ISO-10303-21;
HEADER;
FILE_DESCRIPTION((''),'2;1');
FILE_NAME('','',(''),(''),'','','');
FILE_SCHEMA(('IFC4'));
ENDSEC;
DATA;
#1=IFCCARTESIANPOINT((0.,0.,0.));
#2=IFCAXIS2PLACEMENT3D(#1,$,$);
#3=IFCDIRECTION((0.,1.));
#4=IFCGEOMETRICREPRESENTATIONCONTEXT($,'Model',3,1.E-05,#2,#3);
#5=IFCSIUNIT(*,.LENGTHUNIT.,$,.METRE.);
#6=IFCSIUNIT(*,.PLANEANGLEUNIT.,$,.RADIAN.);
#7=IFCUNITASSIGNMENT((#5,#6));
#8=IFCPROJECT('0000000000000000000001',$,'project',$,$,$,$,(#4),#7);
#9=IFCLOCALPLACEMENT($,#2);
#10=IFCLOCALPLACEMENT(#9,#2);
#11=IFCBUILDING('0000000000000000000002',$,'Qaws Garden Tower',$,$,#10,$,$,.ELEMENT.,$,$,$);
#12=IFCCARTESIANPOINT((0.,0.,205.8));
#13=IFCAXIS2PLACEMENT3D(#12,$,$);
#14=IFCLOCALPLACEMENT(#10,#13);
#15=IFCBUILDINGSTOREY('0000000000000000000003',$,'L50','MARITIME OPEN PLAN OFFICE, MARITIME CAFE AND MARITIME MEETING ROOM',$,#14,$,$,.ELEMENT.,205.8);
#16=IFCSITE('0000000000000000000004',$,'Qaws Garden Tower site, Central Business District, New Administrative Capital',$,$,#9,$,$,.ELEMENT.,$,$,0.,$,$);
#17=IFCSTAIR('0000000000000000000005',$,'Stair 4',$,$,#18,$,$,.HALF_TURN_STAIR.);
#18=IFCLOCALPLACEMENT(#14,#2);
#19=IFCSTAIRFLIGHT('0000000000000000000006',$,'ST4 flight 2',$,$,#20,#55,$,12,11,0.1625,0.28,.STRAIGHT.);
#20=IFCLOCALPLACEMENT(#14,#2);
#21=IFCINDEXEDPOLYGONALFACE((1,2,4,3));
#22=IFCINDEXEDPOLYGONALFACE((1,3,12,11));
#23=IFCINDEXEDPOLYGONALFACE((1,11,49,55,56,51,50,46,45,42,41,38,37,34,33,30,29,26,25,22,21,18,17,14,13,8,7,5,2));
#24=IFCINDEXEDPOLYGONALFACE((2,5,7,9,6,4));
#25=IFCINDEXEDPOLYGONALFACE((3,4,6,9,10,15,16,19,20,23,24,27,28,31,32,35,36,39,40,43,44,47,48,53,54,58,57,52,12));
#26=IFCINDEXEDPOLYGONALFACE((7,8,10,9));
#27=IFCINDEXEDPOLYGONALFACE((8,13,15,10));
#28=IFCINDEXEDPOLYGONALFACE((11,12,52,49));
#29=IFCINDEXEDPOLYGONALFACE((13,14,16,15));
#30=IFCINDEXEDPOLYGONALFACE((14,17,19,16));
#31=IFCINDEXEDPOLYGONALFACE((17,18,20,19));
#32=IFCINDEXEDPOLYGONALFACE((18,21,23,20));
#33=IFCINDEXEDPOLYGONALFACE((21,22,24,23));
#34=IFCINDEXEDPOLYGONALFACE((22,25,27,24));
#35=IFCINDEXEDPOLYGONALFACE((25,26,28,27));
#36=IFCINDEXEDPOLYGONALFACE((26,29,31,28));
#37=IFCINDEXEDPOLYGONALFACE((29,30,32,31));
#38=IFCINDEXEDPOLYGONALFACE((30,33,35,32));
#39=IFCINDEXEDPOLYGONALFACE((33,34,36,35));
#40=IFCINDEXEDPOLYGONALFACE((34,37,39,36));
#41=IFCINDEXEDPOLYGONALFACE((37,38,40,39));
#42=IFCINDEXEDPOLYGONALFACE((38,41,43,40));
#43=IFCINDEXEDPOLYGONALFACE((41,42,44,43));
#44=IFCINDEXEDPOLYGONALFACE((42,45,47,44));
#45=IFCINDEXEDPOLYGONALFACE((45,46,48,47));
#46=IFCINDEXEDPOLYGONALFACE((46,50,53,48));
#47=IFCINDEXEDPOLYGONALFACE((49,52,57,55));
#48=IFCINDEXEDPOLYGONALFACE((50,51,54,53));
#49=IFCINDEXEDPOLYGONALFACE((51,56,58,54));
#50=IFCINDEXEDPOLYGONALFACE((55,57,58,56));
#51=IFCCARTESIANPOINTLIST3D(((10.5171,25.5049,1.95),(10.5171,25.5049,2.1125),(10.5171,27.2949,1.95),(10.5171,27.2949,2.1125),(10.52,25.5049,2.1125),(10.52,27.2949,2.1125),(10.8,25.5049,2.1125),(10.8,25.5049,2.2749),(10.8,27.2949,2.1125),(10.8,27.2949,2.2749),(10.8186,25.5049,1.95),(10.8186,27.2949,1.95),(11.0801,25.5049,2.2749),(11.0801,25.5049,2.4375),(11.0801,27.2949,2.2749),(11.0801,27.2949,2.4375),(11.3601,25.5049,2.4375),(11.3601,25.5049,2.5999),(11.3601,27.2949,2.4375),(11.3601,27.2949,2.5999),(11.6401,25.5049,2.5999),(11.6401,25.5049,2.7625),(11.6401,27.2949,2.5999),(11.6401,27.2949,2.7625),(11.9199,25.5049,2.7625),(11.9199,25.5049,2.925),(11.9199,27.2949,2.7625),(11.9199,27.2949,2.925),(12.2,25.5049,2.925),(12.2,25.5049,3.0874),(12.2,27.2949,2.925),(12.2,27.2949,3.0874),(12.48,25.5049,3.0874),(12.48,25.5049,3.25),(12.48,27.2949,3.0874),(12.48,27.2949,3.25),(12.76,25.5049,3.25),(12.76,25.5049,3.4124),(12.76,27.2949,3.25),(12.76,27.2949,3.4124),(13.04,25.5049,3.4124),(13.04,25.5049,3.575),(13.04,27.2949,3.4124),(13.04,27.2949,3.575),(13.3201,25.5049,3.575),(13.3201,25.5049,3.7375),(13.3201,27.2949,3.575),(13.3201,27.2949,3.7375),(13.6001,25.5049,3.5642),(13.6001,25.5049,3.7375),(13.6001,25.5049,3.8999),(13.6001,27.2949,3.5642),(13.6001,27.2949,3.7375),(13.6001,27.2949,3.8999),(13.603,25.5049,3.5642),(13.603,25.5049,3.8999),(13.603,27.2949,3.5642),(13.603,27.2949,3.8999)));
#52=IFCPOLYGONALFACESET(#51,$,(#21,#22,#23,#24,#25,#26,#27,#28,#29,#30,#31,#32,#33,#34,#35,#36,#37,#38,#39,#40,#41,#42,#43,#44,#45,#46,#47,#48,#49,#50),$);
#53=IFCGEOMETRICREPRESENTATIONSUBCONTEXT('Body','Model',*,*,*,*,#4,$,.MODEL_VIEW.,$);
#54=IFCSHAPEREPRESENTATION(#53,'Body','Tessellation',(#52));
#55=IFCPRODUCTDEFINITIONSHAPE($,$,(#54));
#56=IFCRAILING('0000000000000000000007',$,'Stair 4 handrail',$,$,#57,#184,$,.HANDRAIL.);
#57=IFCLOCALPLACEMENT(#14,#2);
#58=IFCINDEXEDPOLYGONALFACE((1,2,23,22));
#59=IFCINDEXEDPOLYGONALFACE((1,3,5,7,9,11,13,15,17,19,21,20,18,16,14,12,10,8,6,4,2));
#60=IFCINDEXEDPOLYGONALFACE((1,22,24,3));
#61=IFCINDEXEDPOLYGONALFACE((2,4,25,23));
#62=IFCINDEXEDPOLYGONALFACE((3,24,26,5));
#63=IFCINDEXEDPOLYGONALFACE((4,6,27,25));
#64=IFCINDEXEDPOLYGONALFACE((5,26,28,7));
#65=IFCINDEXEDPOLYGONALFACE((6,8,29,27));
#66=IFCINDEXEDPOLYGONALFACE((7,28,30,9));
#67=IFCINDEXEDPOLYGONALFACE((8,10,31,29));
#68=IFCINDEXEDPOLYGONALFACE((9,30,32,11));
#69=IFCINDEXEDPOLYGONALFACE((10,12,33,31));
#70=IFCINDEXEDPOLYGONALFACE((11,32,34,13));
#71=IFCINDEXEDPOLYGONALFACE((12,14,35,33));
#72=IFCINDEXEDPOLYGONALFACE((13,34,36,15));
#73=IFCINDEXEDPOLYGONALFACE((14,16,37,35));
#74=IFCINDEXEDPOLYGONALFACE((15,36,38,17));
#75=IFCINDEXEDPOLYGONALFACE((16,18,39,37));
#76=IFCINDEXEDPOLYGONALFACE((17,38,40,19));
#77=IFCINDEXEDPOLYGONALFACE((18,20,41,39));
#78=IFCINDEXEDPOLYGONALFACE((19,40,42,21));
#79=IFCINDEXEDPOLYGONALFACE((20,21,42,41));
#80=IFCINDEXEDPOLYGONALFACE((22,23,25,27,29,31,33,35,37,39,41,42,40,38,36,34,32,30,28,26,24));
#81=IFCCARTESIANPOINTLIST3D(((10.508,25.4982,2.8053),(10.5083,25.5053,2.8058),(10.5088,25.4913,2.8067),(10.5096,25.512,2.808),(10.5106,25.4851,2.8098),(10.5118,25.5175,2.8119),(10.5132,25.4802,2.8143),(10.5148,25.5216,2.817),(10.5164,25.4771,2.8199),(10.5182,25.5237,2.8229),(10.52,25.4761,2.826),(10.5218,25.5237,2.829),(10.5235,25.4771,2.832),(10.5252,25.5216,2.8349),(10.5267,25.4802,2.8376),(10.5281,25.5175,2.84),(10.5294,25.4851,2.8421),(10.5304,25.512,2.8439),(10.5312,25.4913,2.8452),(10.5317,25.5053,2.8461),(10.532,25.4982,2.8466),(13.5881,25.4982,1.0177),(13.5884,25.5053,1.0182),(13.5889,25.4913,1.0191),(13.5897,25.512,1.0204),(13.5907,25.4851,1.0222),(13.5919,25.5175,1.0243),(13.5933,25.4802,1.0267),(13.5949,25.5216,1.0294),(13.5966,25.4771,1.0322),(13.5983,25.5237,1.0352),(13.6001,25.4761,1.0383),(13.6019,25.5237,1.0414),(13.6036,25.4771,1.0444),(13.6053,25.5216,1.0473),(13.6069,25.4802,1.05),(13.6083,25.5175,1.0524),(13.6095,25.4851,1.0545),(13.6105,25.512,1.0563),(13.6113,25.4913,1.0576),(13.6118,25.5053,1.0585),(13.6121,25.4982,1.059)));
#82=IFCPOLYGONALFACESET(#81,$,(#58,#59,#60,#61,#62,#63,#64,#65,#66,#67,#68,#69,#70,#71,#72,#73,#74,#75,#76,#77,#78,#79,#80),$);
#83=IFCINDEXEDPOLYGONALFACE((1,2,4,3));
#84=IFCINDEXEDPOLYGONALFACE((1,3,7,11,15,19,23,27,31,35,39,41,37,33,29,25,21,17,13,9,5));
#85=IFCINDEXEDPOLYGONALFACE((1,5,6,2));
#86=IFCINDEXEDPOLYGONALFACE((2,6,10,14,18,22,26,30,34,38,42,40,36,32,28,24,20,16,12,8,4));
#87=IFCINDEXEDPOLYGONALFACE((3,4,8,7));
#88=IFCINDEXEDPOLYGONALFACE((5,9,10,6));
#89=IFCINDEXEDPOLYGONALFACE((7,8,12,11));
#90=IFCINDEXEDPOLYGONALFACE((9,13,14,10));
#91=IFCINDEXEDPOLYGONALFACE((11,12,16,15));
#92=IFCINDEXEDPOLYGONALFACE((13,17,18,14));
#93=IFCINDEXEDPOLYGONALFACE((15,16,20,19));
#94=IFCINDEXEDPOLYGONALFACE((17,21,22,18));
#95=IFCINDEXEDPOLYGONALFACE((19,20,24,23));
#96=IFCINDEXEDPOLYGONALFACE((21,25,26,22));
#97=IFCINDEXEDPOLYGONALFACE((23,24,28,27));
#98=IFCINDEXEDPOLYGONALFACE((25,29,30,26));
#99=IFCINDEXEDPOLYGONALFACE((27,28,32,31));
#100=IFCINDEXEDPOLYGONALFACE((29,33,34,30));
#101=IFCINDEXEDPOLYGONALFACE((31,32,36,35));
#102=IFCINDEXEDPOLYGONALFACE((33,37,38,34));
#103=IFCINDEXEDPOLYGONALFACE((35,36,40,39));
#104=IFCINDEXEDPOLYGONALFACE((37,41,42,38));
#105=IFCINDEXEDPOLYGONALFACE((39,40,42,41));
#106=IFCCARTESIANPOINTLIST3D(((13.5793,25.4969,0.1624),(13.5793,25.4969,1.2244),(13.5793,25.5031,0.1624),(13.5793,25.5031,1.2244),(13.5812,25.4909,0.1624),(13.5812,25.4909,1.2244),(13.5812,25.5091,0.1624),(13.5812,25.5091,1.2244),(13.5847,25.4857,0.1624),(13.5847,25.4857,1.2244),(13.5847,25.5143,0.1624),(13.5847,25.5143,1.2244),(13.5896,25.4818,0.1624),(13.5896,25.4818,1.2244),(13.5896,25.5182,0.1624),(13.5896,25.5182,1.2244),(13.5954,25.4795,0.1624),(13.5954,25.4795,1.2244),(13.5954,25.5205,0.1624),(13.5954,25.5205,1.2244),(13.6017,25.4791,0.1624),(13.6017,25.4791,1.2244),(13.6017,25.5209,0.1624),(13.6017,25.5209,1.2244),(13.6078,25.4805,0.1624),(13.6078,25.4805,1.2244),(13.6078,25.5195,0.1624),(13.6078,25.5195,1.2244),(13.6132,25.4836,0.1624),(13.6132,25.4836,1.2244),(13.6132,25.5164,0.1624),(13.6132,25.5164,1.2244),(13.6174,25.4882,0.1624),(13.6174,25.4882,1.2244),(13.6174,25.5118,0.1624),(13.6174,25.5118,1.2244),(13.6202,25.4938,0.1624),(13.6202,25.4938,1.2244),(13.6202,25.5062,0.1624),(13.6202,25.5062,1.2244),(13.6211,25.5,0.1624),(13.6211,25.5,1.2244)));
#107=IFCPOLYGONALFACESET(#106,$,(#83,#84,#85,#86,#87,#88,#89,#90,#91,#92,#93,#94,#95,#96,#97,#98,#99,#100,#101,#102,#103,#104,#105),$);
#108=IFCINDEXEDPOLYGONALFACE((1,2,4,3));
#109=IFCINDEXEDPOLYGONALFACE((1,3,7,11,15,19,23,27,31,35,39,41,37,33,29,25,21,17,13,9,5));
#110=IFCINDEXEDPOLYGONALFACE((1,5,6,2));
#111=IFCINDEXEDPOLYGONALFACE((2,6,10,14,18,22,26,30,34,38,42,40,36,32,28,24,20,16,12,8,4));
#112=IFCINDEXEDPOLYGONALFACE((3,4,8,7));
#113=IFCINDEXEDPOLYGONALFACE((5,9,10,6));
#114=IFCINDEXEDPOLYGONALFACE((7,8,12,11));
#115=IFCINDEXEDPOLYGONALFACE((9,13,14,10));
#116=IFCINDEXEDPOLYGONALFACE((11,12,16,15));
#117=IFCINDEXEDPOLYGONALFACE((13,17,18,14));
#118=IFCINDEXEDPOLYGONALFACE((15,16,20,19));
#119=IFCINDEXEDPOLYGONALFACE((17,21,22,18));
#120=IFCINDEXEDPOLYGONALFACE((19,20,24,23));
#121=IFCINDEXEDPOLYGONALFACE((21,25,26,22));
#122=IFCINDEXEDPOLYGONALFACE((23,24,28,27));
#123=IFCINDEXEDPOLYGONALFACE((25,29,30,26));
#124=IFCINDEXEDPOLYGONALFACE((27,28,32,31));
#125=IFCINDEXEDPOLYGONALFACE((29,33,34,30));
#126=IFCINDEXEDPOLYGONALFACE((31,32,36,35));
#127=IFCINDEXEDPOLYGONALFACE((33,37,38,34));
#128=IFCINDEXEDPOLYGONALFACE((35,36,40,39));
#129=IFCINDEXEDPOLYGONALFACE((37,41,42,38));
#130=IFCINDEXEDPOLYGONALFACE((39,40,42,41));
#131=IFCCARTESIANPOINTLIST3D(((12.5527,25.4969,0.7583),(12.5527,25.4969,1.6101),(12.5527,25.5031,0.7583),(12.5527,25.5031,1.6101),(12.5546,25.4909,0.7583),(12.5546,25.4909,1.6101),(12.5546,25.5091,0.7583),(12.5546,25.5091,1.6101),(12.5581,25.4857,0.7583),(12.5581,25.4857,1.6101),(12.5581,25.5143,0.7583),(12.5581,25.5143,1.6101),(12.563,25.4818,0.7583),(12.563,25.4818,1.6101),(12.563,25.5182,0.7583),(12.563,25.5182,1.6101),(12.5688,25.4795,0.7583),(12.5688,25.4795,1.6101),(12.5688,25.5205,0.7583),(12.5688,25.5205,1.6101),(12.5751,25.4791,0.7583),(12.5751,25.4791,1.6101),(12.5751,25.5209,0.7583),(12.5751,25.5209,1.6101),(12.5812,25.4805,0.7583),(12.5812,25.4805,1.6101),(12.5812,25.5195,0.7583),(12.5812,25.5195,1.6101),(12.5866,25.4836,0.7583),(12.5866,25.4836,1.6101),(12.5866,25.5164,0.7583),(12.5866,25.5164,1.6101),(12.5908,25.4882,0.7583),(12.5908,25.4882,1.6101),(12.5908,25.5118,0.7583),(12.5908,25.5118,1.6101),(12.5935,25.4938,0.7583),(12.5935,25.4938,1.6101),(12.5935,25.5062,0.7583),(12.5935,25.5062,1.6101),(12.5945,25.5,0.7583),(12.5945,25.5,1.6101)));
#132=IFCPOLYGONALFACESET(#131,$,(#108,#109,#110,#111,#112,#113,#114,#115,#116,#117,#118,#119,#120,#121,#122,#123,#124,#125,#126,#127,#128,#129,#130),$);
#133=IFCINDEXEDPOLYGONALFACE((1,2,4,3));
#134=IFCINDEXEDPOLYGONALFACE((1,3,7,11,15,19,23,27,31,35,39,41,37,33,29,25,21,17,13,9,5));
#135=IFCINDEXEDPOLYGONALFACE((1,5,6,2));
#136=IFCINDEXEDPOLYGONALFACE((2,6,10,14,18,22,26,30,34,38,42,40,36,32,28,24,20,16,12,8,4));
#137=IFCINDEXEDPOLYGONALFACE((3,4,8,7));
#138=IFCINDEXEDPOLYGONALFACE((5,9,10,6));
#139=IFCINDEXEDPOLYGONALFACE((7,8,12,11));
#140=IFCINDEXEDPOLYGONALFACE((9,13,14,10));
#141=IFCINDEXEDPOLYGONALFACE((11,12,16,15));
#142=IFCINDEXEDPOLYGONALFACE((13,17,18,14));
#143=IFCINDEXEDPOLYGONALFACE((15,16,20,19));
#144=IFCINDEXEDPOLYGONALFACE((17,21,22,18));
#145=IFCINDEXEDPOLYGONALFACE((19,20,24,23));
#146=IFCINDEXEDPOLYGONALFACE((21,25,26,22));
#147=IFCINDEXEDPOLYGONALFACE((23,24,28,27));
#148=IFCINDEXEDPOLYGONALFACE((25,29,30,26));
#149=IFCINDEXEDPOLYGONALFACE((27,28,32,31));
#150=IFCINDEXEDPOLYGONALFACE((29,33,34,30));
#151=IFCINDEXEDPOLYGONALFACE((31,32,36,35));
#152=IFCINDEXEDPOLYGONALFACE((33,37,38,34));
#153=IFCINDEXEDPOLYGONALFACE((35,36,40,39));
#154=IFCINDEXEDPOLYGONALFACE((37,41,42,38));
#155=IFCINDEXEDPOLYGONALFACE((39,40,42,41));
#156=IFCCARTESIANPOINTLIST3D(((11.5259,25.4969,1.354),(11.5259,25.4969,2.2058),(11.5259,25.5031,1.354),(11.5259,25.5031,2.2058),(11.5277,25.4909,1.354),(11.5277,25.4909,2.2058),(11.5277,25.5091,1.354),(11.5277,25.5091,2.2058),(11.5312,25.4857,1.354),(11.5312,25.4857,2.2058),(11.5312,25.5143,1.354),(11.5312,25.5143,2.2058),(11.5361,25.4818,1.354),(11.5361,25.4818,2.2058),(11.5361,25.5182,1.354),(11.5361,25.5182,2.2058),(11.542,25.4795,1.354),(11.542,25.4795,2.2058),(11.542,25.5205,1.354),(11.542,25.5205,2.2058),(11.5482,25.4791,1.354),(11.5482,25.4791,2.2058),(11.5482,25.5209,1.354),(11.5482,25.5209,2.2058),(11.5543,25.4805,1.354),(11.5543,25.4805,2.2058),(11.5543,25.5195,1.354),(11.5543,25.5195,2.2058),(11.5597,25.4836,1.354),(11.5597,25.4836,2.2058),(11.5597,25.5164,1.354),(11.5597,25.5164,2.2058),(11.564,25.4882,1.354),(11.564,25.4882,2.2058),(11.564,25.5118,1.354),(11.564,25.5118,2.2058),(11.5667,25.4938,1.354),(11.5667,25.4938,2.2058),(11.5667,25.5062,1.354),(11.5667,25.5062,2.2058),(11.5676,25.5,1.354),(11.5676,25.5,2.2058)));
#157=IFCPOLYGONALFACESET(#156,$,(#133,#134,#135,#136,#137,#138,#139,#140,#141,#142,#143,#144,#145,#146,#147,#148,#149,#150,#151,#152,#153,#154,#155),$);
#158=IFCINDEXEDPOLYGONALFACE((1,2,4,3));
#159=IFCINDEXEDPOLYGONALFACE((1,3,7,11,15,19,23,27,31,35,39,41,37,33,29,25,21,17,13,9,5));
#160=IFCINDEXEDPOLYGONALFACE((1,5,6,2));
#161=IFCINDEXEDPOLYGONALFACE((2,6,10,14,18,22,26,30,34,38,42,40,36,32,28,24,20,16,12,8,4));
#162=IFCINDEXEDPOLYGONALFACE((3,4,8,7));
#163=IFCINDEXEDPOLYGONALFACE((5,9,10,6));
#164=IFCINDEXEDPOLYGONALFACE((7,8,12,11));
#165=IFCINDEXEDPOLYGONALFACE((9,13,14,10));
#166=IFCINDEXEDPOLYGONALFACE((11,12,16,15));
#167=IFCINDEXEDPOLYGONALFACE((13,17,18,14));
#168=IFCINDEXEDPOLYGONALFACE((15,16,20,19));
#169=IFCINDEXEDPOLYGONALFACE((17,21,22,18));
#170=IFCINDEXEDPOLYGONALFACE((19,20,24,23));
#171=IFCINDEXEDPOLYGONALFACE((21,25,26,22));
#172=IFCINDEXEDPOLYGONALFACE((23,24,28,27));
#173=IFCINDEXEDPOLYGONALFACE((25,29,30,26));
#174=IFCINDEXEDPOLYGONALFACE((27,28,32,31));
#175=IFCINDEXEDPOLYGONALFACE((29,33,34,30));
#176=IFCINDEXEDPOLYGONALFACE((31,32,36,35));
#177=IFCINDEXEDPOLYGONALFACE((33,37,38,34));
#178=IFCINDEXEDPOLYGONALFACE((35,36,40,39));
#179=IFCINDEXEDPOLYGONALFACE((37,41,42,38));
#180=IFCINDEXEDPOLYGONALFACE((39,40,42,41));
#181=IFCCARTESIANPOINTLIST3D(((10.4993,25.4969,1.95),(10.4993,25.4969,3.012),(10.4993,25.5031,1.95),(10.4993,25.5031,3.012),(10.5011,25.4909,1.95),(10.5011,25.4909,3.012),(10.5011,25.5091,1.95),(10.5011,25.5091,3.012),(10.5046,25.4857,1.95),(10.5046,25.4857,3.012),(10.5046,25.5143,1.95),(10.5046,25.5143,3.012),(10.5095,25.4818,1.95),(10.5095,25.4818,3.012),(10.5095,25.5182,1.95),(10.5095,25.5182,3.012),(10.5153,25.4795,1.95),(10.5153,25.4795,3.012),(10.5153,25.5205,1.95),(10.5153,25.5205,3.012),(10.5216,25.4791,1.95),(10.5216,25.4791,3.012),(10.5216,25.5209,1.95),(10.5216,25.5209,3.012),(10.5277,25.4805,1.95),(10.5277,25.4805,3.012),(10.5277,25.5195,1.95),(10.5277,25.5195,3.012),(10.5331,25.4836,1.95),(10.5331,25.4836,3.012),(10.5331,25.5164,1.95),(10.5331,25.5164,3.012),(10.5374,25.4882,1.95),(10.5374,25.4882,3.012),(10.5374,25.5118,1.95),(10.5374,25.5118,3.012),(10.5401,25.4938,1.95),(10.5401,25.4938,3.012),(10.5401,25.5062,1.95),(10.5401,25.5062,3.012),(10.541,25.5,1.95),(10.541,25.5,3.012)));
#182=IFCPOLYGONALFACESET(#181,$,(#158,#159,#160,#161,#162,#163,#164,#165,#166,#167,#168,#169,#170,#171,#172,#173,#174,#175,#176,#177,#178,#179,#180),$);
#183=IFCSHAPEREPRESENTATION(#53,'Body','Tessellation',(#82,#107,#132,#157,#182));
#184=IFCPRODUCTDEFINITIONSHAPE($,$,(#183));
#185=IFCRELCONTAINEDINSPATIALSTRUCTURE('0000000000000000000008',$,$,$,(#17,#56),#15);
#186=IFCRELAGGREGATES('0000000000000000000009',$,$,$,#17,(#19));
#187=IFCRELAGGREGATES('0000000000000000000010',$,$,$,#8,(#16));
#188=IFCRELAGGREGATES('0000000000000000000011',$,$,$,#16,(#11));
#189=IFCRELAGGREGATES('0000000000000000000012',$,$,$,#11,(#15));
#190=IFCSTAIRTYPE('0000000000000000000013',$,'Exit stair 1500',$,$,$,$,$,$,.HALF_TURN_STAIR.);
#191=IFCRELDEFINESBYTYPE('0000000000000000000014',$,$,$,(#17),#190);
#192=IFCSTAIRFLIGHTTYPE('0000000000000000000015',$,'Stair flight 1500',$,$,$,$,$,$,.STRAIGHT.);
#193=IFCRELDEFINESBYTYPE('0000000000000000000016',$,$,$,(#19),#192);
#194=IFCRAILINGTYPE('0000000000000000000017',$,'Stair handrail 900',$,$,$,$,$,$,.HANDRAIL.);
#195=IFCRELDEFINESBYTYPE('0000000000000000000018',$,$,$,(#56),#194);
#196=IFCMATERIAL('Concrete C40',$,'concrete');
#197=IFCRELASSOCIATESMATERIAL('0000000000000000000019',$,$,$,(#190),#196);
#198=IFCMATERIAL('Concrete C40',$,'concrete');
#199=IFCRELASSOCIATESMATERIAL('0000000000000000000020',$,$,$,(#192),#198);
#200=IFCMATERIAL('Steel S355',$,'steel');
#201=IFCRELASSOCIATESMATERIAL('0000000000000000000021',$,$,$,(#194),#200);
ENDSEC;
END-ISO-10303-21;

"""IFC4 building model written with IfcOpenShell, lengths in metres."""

from ifc_helpers import new_model, si_unit, direction, frame, origin, origin_2d, place, context, subcontext, project, spatial, polyline, circle, outline, extrude, material, type_object, element, aggregate, save


model = new_model("IFC4")

# Units and contexts
model_context = context("Model", 3, precision=1e-05, world=origin(), true_north=direction((0.0, 1.0)))
body_context = subcontext(model_context, "Body", "Model", "MODEL_VIEW")
ifc_project = project(units=[si_unit("LENGTHUNIT", "METRE"), si_unit("PLANEANGLEUNIT", "RADIAN")], contexts=[model_context])

# Site, building, storey
site_placement = place(None, origin())
site = spatial("IfcSite", under=ifc_project, at=site_placement, Name="Qaws Garden Tower site, Central Business District, New Administrative Capital", CompositionType="ELEMENT", RefElevation=0.0)
building_placement = place(site_placement, origin())
building = spatial("IfcBuilding", under=site, at=building_placement, Name="Qaws Garden Tower", CompositionType="ELEMENT")
storey_placement = place(building_placement, frame((0.0, 0.0, 205.8)))
storey = spatial("IfcBuildingStorey", under=building, at=storey_placement, Name="L50", Description="MARITIME OPEN PLAN OFFICE, MARITIME CAFE AND MARITIME MEETING ROOM", CompositionType="ELEMENT", Elevation=205.8)

# Stair, stair flight
ifc_material_1 = material(Name="Concrete C40", Category="concrete")
stair_type = type_object("IfcStairType", Name="Exit stair 1500", PredefinedType="HALF_TURN_STAIR", material=ifc_material_1)
stair_placement = place(storey_placement, origin())
stair = element("IfcStair", 1, at=stair_placement, inside=storey, type_object=stair_type, Name="Stair 4", PredefinedType="HALF_TURN_STAIR")
ifc_material_2 = material(Name="Concrete C40", Category="concrete")
stair_flight_type = type_object("IfcStairFlightType", Name="Stair flight 1500", PredefinedType="STRAIGHT", material=ifc_material_2)
stair_flight_1_placement = place(storey_placement, frame((10.52, 26.3999, 1.95), z_axis=(0.0, 0.0, 1.0), x_axis=(1.0, 0.0, 0.0)))
stair_flight_1 = element("IfcStairFlight", 2, at=stair_flight_1_placement, type_object=stair_flight_type, Name="ST4 flight 2", NumberOfRisers=12, NumberOfTreads=11, PredefinedType="STRAIGHT", RiserHeight=0.1625, TreadLength=0.28, context=body_context, shape_type="SweptSolid", body=[
    extrude(outline(polyline([(-0.0029, 0.0), (-0.0029, 0.1626), (0.0, 0.1626), (0.28, 0.1626), (0.28, 0.325), (0.5601, 0.325), (0.5601, 0.4875), (0.8401, 0.4875), (0.8401, 0.6499), (1.1201, 0.6499), (1.1201, 0.8125), (1.3999, 0.8125), (1.3999, 0.9751), (1.6799, 0.9751), (1.6799, 1.1375), (1.96, 1.1375), (1.96, 1.3), (2.24, 1.3), (2.24, 1.4624), (2.52, 1.4624), (2.52, 1.625), (2.8, 1.625), (2.8, 1.7876), (3.0801, 1.7876), (3.0801, 1.95), (3.083, 1.95), (3.083, 1.6143), (3.0801, 1.6143), (0.2986, 0.0), (-0.0029, 0.0)])), frame((0.0, 0.895, 0.0), z_axis=(0.0, -1.0, 0.0), x_axis=(1.0, 0.0, 0.0)), (0.0, 0.0, 1.0), 1.79),
])
aggregate(stair, [stair_flight_1])

# Railing
ifc_material_3 = material(Name="Steel S355", Category="steel")
railing_type = type_object("IfcRailingType", Name="Stair handrail 900", PredefinedType="HANDRAIL", material=ifc_material_3)
railing_1_placement = place(storey_placement, frame((13.6001, 25.5, 0.1624)))
element("IfcRailing", 3, at=railing_1_placement, inside=storey, type_object=railing_type, Name="Stair 4 handrail", PredefinedType="HANDRAIL", context=body_context, shape_type="SweptSolid", body=[
    extrude(circle(Radius=0.0239, at=origin_2d()), frame((0.0, 0.0, 0.876), z_axis=(-0.864891, 0.0, 0.50196), x_axis=(0.0, -1.0, 0.0)), (0.0, 0.0, 1.0), 3.5613),
    extrude(circle(Radius=0.021, at=origin_2d()), origin(), (0.0, 0.0, 1.0), 1.062),
    extrude(circle(Radius=0.021, at=origin_2d()), frame((-1.0266, 0.0, 0.5959)), (0.0, 0.0, 1.0), 0.8518),
    extrude(circle(Radius=0.021, at=origin_2d()), frame((-2.0535, 0.0, 1.1917)), (0.0, 0.0, 1.0), 0.8518),
    extrude(circle(Radius=0.021, at=origin_2d()), frame((-3.0801, 0.0, 1.7876)), (0.0, 0.0, 1.0), 1.062),
])

save(model, "model.ifc")
